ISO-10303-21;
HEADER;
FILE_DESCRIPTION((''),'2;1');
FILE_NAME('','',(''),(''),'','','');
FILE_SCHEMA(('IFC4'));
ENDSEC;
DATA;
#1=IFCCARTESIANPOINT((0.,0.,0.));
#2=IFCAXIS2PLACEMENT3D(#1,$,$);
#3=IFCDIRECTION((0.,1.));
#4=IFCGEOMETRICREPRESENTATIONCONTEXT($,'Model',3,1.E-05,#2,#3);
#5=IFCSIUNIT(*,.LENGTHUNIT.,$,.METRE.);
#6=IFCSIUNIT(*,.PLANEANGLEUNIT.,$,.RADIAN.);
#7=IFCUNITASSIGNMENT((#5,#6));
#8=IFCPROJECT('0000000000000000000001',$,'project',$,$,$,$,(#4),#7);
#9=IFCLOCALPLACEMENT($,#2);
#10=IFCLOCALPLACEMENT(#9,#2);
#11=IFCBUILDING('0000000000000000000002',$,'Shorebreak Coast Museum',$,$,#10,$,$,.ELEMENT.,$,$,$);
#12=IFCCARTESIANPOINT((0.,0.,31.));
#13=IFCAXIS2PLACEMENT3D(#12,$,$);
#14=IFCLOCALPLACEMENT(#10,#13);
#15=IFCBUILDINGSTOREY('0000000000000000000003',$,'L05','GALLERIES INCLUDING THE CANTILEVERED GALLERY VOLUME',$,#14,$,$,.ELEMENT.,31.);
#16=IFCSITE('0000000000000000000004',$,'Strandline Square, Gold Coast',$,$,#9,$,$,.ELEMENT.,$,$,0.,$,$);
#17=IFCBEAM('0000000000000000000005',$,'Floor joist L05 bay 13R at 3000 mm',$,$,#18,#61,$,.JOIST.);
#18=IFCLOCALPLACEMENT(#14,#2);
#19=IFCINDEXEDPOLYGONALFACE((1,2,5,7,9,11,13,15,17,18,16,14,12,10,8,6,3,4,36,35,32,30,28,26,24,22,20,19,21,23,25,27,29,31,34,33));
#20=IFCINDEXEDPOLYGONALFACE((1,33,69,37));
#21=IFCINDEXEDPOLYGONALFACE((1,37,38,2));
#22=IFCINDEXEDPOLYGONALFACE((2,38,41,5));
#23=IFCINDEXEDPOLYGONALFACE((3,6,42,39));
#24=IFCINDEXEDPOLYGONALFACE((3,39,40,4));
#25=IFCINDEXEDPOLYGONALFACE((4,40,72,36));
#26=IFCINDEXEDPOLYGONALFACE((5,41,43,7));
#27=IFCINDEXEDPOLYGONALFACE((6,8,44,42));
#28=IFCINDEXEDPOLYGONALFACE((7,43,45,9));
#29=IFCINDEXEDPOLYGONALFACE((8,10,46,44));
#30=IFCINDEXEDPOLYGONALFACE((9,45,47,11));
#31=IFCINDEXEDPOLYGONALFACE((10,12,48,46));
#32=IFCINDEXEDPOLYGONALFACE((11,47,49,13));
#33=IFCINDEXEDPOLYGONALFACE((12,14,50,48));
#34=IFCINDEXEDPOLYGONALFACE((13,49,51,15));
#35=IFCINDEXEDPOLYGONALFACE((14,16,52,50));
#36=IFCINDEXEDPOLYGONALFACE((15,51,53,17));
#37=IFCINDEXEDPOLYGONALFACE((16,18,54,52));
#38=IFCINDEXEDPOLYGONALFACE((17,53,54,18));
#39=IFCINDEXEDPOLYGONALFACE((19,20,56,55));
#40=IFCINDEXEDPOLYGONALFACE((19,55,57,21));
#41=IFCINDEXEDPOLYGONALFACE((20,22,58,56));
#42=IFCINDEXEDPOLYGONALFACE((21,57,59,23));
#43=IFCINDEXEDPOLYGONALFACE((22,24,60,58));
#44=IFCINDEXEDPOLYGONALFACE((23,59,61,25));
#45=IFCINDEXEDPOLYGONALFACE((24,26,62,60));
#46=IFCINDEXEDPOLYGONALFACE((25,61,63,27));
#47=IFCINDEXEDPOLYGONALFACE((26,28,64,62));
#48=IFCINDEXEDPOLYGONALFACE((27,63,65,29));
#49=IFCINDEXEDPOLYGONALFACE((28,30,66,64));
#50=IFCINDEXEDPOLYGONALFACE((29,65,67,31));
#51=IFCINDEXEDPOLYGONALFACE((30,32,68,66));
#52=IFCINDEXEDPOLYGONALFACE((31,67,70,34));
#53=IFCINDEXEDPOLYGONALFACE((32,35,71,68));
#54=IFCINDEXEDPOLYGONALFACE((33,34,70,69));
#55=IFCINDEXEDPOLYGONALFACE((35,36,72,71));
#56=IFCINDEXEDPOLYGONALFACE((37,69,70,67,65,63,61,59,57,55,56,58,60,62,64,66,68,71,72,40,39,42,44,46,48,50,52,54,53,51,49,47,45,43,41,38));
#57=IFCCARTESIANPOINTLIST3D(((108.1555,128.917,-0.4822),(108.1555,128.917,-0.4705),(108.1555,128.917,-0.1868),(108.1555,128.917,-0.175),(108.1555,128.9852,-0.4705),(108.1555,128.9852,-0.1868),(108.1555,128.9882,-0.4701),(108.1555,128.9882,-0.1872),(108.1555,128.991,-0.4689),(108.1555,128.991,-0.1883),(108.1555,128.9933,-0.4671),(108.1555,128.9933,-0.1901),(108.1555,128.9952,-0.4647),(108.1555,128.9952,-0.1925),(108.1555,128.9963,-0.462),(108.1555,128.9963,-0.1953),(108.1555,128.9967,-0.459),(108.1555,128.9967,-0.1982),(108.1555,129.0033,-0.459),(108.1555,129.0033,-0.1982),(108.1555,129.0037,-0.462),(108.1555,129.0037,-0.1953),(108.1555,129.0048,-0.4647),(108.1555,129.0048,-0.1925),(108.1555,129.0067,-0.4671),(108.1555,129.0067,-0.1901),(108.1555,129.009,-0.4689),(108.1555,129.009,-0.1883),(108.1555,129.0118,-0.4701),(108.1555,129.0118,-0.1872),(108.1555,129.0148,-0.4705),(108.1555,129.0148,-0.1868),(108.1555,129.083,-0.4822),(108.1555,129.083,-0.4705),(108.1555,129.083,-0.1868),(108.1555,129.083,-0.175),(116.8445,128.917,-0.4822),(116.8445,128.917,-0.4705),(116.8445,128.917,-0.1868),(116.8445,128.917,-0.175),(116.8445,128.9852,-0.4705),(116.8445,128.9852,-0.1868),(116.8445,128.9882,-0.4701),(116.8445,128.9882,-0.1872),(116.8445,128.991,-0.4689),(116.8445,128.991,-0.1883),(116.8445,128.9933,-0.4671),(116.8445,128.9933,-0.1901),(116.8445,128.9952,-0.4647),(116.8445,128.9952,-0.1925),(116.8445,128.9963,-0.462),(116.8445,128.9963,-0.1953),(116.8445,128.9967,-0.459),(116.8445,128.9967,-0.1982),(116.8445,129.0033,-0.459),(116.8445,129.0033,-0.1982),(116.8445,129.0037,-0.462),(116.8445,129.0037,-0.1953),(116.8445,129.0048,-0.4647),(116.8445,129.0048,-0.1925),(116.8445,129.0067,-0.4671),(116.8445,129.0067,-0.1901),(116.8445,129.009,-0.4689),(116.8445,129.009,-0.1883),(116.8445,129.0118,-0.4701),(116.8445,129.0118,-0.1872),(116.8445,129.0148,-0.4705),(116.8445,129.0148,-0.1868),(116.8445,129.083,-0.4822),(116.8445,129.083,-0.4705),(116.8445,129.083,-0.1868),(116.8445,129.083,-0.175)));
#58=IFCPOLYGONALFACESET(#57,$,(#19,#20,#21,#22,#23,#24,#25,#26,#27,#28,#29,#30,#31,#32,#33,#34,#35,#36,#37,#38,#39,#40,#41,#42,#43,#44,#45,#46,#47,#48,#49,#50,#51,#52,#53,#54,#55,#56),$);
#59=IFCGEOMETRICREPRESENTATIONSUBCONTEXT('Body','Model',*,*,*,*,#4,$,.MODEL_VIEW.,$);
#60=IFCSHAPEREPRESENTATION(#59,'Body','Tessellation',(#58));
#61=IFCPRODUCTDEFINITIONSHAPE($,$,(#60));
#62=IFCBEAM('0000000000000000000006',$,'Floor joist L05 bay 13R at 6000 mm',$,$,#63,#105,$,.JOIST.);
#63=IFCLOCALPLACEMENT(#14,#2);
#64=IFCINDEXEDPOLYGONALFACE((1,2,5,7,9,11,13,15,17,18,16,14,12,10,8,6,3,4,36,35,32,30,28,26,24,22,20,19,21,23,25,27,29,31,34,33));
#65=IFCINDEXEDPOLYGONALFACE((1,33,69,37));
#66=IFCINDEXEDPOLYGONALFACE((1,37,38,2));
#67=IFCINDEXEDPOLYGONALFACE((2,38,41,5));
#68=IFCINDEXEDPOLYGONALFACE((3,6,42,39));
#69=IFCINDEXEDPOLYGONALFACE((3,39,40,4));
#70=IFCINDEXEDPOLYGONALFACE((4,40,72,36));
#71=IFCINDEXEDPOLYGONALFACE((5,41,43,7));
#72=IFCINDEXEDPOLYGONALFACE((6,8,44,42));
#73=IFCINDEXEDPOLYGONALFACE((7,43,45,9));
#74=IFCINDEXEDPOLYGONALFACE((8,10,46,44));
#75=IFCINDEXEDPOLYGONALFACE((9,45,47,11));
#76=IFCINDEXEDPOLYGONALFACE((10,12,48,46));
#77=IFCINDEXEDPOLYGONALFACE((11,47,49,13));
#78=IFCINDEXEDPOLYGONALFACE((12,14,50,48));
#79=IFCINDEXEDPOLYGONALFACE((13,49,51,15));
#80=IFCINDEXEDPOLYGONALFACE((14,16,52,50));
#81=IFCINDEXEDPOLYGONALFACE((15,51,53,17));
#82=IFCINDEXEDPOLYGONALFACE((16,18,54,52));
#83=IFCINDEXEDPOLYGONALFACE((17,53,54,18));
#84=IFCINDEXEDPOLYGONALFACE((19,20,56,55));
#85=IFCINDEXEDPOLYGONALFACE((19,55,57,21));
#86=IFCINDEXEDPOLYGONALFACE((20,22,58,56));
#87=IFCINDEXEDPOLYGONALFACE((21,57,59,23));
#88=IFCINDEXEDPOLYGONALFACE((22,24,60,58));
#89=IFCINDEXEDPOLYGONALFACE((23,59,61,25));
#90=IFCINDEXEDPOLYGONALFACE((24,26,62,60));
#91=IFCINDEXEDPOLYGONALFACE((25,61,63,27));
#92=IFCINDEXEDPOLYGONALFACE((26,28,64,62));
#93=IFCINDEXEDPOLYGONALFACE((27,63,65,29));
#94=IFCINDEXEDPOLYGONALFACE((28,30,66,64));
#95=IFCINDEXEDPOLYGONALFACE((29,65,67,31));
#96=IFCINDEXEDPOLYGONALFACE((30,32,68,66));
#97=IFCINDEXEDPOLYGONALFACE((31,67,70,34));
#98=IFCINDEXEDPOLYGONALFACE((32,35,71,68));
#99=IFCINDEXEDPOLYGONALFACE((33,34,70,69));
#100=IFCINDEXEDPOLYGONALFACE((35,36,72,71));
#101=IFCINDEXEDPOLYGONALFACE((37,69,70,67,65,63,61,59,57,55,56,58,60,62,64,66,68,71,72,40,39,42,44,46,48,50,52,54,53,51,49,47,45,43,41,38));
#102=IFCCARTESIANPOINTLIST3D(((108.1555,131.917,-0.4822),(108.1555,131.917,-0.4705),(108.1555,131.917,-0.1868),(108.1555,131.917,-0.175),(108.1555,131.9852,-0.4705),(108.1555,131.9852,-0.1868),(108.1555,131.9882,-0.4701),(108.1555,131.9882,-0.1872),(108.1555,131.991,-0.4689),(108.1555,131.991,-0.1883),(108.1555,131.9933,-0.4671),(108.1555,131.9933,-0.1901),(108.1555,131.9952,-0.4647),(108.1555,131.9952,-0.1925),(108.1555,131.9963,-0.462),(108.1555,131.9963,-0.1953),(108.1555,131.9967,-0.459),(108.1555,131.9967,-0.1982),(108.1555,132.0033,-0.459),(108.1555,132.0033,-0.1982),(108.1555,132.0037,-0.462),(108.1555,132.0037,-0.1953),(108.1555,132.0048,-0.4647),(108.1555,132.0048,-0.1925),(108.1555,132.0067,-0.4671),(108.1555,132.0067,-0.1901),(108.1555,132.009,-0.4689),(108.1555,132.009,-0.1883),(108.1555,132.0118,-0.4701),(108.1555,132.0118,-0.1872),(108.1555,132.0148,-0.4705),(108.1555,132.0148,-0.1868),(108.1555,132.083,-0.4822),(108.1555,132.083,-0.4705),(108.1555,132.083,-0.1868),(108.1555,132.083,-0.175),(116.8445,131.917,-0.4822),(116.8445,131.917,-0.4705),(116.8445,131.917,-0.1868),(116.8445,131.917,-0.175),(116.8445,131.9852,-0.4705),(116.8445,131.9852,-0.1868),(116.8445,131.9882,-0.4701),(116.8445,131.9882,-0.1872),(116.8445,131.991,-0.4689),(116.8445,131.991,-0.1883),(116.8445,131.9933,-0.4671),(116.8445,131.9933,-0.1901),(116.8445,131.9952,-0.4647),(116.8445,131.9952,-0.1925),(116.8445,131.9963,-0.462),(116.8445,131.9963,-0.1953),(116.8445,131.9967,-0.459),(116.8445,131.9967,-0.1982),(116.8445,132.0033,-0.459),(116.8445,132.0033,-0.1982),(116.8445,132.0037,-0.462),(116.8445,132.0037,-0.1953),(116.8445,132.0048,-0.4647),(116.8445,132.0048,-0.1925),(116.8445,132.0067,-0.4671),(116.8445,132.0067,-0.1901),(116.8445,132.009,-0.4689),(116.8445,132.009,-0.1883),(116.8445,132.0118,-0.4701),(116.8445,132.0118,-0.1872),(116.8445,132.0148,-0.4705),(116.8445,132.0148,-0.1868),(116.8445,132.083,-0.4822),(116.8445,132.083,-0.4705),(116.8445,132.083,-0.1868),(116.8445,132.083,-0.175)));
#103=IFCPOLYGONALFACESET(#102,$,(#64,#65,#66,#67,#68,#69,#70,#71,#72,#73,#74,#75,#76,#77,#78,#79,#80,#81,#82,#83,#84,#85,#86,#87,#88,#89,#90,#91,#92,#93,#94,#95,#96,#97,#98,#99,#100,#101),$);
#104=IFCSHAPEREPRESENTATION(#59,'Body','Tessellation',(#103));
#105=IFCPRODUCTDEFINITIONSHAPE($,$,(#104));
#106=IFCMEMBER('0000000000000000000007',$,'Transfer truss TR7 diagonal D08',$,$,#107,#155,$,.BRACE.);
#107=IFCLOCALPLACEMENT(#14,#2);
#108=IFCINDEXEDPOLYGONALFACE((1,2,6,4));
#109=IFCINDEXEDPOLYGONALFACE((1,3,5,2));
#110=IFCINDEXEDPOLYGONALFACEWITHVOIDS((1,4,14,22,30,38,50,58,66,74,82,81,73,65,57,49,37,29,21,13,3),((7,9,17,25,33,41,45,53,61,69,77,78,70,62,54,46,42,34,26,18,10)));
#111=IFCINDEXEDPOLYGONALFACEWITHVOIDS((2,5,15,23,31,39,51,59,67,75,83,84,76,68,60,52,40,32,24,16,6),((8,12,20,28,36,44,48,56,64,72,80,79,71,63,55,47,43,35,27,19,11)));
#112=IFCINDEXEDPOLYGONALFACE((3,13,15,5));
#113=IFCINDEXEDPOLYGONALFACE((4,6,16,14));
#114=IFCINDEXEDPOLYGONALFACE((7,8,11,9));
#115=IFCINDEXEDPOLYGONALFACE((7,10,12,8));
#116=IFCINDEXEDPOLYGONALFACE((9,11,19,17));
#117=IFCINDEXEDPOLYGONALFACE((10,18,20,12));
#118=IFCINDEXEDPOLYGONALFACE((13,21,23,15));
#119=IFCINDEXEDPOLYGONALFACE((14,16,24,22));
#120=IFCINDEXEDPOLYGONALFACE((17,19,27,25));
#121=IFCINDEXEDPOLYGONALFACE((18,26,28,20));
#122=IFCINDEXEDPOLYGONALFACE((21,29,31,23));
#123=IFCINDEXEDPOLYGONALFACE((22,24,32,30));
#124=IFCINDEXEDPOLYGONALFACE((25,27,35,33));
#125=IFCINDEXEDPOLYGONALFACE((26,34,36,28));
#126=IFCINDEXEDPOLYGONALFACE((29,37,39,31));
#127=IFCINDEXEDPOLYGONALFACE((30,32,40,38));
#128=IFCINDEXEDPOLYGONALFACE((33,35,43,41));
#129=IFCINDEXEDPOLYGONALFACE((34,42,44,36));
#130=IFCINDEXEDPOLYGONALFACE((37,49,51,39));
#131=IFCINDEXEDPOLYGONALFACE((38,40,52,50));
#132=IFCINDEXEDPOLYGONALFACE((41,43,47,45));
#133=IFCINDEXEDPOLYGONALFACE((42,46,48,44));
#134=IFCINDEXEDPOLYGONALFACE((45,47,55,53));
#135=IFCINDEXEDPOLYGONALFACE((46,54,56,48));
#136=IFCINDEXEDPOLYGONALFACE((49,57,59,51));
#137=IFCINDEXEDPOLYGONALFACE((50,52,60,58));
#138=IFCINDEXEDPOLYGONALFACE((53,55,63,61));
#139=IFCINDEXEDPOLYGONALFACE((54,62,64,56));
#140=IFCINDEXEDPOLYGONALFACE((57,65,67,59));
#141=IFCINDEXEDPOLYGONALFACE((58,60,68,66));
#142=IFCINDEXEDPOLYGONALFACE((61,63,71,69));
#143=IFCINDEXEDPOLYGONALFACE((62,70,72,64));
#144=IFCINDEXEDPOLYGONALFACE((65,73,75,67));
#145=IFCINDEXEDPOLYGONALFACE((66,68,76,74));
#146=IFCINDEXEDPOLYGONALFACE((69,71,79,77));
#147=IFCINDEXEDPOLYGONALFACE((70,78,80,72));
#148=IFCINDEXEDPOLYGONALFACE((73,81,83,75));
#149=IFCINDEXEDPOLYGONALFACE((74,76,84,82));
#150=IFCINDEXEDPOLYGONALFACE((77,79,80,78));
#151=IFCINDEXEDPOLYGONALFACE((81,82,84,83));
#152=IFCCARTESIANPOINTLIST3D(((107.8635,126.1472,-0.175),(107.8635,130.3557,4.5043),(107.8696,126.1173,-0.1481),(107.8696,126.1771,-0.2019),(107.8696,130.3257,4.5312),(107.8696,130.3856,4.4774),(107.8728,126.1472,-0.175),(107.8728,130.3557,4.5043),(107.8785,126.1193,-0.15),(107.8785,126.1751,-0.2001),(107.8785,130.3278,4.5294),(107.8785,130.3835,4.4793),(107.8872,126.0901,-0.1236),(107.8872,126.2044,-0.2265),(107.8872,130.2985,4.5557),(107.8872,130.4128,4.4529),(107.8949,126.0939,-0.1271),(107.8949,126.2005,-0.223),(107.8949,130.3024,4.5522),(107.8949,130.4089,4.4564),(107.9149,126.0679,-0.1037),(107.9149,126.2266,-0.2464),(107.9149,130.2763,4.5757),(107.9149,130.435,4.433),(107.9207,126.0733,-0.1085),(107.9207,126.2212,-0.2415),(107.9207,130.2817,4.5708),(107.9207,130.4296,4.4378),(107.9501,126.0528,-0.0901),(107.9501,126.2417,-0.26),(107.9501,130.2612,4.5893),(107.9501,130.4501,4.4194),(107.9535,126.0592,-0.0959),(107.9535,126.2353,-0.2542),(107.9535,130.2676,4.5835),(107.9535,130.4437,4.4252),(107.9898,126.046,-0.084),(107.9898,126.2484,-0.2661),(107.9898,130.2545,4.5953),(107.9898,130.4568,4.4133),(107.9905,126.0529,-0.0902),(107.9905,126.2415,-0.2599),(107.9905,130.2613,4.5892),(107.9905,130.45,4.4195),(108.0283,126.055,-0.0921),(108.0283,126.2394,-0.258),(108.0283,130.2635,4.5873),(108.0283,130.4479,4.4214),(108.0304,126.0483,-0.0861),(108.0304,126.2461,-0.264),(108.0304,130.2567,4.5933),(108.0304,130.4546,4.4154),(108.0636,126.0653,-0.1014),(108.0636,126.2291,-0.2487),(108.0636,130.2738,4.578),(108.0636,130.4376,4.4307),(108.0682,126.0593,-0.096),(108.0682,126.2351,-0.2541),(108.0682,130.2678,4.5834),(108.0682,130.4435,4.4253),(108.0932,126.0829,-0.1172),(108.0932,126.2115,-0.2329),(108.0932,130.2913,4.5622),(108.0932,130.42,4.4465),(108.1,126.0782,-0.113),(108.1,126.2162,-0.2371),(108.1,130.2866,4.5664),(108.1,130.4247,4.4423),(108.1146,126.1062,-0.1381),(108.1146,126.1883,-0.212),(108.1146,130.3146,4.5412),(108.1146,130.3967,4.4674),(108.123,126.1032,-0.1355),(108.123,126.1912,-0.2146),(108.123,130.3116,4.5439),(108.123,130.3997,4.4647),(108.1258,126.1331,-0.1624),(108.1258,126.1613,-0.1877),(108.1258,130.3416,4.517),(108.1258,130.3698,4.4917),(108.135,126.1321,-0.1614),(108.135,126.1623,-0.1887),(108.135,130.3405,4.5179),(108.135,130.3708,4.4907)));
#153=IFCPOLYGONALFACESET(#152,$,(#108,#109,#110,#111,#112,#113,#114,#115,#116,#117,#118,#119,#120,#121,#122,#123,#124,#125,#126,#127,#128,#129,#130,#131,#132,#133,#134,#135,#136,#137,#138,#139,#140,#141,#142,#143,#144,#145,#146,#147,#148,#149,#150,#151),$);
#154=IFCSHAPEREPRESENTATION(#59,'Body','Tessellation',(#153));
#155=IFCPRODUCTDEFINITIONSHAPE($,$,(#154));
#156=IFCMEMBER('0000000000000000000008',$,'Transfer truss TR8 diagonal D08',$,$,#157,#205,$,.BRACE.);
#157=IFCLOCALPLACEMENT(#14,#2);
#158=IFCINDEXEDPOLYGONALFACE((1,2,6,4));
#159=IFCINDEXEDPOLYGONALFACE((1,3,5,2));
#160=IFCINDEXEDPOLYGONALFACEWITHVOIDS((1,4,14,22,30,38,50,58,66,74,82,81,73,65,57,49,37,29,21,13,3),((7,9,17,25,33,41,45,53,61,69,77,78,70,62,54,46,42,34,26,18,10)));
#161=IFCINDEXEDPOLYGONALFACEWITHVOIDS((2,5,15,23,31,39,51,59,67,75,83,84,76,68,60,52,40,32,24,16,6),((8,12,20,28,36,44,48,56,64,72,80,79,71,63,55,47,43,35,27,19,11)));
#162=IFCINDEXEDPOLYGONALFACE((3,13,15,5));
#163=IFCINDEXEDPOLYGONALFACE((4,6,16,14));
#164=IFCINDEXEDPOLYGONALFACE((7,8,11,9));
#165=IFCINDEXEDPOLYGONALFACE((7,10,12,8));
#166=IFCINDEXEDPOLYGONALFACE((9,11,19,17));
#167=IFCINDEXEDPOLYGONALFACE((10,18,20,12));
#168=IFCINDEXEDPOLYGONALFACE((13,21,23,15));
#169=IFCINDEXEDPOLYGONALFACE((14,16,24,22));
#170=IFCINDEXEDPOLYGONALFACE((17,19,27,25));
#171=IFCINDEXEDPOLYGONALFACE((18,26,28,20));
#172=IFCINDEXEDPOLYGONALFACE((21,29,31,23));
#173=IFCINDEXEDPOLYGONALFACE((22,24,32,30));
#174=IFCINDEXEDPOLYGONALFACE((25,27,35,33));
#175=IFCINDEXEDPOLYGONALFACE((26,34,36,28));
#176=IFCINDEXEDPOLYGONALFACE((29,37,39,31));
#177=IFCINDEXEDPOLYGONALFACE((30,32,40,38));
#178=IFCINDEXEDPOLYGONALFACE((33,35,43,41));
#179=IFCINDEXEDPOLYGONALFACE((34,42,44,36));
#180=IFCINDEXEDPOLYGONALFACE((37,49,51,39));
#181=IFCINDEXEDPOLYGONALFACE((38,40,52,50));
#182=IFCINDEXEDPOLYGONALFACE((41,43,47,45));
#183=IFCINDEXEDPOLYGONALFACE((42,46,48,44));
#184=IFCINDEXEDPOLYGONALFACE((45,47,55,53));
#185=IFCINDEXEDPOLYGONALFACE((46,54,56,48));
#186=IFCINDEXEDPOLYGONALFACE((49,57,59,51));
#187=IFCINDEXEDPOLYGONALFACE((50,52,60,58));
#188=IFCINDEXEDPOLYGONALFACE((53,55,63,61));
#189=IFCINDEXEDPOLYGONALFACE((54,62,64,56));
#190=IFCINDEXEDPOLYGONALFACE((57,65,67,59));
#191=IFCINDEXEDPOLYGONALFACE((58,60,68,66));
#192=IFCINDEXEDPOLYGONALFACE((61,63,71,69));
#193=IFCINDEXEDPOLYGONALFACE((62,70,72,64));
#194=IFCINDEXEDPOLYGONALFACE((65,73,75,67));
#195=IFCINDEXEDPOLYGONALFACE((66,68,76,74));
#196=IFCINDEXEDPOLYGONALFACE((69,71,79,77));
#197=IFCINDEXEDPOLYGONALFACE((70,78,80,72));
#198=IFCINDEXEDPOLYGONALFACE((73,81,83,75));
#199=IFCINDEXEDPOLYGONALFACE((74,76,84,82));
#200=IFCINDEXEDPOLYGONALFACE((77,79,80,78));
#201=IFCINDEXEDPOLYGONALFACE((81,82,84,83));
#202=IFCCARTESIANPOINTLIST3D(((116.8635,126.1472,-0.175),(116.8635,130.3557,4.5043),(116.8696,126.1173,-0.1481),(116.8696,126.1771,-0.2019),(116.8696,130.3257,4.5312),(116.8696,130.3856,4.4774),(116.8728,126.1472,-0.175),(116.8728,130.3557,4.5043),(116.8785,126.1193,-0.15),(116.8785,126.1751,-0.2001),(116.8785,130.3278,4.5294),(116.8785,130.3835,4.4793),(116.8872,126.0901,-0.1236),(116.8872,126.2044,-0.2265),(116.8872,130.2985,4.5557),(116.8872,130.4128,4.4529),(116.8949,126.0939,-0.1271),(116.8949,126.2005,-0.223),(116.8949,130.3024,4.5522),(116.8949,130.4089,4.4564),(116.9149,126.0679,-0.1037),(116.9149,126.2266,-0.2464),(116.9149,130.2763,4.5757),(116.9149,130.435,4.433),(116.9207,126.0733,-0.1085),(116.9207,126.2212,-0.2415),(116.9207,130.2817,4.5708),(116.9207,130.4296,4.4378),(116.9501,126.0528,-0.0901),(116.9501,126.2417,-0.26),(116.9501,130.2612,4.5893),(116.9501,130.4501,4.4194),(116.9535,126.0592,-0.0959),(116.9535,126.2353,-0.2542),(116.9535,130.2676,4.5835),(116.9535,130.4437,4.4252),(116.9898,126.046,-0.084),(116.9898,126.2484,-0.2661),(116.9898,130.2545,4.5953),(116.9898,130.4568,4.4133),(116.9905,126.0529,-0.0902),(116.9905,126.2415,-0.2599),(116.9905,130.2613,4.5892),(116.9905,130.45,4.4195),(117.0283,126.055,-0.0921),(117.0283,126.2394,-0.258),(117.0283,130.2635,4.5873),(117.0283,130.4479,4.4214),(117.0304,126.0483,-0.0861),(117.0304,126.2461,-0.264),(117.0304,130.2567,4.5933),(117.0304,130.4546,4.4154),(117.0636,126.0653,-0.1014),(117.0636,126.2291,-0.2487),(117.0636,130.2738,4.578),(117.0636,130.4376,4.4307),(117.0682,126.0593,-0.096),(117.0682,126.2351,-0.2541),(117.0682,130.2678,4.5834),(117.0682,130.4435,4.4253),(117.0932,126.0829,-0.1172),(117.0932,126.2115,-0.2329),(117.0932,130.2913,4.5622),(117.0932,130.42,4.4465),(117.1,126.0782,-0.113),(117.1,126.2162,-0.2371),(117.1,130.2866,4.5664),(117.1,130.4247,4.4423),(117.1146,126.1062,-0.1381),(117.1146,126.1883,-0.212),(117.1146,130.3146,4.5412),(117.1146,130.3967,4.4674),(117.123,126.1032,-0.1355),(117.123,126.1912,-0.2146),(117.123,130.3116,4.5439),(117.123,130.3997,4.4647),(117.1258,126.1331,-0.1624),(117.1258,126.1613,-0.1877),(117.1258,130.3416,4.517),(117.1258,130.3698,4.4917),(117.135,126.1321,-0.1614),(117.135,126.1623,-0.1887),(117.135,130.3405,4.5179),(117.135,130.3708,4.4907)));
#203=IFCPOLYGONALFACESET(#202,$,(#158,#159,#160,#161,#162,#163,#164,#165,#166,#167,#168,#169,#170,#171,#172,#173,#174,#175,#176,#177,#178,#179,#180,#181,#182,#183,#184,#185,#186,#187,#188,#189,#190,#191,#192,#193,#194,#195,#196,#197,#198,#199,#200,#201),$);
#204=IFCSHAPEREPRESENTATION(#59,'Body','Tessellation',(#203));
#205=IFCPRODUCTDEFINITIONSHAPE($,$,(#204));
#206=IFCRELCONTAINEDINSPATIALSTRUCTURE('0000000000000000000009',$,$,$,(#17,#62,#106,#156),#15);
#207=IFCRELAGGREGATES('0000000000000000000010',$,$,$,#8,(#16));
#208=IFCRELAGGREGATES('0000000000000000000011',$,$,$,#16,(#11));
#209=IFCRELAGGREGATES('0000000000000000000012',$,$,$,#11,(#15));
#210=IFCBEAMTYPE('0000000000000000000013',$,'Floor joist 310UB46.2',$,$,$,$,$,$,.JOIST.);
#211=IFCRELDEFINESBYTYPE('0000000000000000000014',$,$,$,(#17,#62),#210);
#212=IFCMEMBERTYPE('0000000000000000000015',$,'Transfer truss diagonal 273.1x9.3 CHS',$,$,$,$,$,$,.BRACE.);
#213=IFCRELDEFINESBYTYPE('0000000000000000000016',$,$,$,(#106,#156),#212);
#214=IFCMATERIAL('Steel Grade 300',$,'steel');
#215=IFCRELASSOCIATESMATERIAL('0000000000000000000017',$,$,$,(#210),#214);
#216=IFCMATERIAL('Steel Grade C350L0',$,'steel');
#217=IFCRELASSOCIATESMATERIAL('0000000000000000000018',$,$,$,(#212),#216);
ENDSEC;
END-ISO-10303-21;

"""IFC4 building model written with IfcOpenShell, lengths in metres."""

from ifc_helpers import new_model, si_unit, direction, frame, origin, origin_2d, place, context, subcontext, project, spatial, hollow_circle, i_section, extrude, material, material_profile, profile_set, type_object, element, save


model = new_model("IFC4")

# Units and contexts
model_context = context("Model", 3, precision=1e-05, world=origin(), true_north=direction((0.0, 1.0)))
body_context = subcontext(model_context, "Body", "Model", "MODEL_VIEW")
ifc_project = project(units=[si_unit("LENGTHUNIT", "METRE"), si_unit("PLANEANGLEUNIT", "RADIAN")], contexts=[model_context])

# Site, building, storey
site_placement = place(None, origin())
site = spatial("IfcSite", under=ifc_project, at=site_placement, Name="Strandline Square, Gold Coast", CompositionType="ELEMENT", RefElevation=0.0)
building_placement = place(site_placement, origin())
building = spatial("IfcBuilding", under=site, at=building_placement, Name="Shorebreak Coast Museum", CompositionType="ELEMENT")
storey_placement = place(building_placement, frame((0.0, 0.0, 31.0)))
storey = spatial("IfcBuildingStorey", under=building, at=storey_placement, Name="L05", Description="GALLERIES INCLUDING THE CANTILEVERED GALLERY VOLUME", CompositionType="ELEMENT", Elevation=31.0)

# Beams
ifc_material_1 = material(Name="Steel Grade 300", Category="steel")
ifc_material_profile_1 = material_profile(ifc_material_1, i_section(OverallWidth=0.166, OverallDepth=0.3071, WebThickness=0.0066, FlangeThickness=0.0117, FilletRadius=0.0115, at=origin_2d()), Name="310UB46.2")
ifc_profile_set_1 = profile_set([ifc_material_profile_1], Name="Steel Grade 300")
beam_type = type_object("IfcBeamType", Name="Floor joist 310UB46.2", PredefinedType="JOIST", material=ifc_profile_set_1)
for number, where, z_axis, x_axis, name in (
    (1, (108.1555, 129.0, -0.3286), (1.0, 0.0, 0.0), (0.0, 1.0, 0.0), "Floor joist L05 bay 13R at 3000 mm"),
    (2, (108.1555, 132.0, -0.3286), (1.0, 0.0, 0.0), (0.0, 1.0, 0.0), "Floor joist L05 bay 13R at 6000 mm"),
):
    element("IfcBeam", number, at=place(storey_placement, frame(where, z_axis=z_axis, x_axis=x_axis)), inside=storey, type_object=beam_type, Name=name, PredefinedType="JOIST", context=body_context, shape_type="SweptSolid", body=[
        extrude(i_section(OverallWidth=0.166, OverallDepth=0.3071, WebThickness=0.0066, FlangeThickness=0.0117, FilletRadius=0.0115, at=origin_2d()), origin(), (0.0, 0.0, 1.0), 8.689),
    ])

# Members
ifc_material_2 = material(Name="Steel Grade C350L0", Category="steel")
ifc_material_profile_2 = material_profile(ifc_material_2, hollow_circle(Radius=0.1365, WallThickness=0.0093, at=origin_2d()), Name="273.1x9.3 CHS")
ifc_profile_set_2 = profile_set([ifc_material_profile_2], Name="Steel Grade C350L0")
member_type_1 = type_object("IfcMemberType", Name="Transfer truss diagonal 273.1x9.3 CHS", PredefinedType="BRACE", material=ifc_profile_set_2)
for number, where, z_axis, x_axis, name in (
    (3, (108.0, 126.1472, -0.175), (0.0, 0.668701, 0.743531), (-1.0, 0.0, 0.0), "Transfer truss TR7 diagonal D08"),
    (4, (117.0, 126.1472, -0.175), (0.0, 0.668701, 0.743531), (-1.0, 0.0, 0.0), "Transfer truss TR8 diagonal D08"),
):
    element("IfcMember", number, at=place(storey_placement, frame(where, z_axis=z_axis, x_axis=x_axis)), inside=storey, type_object=member_type_1, Name=name, PredefinedType="BRACE", context=body_context, shape_type="SweptSolid", body=[
        extrude(hollow_circle(Radius=0.1365, WallThickness=0.0093, at=origin_2d()), origin(), (0.0, 0.0, 1.0), 6.2935),
    ])

save(model, "model.ifc")
